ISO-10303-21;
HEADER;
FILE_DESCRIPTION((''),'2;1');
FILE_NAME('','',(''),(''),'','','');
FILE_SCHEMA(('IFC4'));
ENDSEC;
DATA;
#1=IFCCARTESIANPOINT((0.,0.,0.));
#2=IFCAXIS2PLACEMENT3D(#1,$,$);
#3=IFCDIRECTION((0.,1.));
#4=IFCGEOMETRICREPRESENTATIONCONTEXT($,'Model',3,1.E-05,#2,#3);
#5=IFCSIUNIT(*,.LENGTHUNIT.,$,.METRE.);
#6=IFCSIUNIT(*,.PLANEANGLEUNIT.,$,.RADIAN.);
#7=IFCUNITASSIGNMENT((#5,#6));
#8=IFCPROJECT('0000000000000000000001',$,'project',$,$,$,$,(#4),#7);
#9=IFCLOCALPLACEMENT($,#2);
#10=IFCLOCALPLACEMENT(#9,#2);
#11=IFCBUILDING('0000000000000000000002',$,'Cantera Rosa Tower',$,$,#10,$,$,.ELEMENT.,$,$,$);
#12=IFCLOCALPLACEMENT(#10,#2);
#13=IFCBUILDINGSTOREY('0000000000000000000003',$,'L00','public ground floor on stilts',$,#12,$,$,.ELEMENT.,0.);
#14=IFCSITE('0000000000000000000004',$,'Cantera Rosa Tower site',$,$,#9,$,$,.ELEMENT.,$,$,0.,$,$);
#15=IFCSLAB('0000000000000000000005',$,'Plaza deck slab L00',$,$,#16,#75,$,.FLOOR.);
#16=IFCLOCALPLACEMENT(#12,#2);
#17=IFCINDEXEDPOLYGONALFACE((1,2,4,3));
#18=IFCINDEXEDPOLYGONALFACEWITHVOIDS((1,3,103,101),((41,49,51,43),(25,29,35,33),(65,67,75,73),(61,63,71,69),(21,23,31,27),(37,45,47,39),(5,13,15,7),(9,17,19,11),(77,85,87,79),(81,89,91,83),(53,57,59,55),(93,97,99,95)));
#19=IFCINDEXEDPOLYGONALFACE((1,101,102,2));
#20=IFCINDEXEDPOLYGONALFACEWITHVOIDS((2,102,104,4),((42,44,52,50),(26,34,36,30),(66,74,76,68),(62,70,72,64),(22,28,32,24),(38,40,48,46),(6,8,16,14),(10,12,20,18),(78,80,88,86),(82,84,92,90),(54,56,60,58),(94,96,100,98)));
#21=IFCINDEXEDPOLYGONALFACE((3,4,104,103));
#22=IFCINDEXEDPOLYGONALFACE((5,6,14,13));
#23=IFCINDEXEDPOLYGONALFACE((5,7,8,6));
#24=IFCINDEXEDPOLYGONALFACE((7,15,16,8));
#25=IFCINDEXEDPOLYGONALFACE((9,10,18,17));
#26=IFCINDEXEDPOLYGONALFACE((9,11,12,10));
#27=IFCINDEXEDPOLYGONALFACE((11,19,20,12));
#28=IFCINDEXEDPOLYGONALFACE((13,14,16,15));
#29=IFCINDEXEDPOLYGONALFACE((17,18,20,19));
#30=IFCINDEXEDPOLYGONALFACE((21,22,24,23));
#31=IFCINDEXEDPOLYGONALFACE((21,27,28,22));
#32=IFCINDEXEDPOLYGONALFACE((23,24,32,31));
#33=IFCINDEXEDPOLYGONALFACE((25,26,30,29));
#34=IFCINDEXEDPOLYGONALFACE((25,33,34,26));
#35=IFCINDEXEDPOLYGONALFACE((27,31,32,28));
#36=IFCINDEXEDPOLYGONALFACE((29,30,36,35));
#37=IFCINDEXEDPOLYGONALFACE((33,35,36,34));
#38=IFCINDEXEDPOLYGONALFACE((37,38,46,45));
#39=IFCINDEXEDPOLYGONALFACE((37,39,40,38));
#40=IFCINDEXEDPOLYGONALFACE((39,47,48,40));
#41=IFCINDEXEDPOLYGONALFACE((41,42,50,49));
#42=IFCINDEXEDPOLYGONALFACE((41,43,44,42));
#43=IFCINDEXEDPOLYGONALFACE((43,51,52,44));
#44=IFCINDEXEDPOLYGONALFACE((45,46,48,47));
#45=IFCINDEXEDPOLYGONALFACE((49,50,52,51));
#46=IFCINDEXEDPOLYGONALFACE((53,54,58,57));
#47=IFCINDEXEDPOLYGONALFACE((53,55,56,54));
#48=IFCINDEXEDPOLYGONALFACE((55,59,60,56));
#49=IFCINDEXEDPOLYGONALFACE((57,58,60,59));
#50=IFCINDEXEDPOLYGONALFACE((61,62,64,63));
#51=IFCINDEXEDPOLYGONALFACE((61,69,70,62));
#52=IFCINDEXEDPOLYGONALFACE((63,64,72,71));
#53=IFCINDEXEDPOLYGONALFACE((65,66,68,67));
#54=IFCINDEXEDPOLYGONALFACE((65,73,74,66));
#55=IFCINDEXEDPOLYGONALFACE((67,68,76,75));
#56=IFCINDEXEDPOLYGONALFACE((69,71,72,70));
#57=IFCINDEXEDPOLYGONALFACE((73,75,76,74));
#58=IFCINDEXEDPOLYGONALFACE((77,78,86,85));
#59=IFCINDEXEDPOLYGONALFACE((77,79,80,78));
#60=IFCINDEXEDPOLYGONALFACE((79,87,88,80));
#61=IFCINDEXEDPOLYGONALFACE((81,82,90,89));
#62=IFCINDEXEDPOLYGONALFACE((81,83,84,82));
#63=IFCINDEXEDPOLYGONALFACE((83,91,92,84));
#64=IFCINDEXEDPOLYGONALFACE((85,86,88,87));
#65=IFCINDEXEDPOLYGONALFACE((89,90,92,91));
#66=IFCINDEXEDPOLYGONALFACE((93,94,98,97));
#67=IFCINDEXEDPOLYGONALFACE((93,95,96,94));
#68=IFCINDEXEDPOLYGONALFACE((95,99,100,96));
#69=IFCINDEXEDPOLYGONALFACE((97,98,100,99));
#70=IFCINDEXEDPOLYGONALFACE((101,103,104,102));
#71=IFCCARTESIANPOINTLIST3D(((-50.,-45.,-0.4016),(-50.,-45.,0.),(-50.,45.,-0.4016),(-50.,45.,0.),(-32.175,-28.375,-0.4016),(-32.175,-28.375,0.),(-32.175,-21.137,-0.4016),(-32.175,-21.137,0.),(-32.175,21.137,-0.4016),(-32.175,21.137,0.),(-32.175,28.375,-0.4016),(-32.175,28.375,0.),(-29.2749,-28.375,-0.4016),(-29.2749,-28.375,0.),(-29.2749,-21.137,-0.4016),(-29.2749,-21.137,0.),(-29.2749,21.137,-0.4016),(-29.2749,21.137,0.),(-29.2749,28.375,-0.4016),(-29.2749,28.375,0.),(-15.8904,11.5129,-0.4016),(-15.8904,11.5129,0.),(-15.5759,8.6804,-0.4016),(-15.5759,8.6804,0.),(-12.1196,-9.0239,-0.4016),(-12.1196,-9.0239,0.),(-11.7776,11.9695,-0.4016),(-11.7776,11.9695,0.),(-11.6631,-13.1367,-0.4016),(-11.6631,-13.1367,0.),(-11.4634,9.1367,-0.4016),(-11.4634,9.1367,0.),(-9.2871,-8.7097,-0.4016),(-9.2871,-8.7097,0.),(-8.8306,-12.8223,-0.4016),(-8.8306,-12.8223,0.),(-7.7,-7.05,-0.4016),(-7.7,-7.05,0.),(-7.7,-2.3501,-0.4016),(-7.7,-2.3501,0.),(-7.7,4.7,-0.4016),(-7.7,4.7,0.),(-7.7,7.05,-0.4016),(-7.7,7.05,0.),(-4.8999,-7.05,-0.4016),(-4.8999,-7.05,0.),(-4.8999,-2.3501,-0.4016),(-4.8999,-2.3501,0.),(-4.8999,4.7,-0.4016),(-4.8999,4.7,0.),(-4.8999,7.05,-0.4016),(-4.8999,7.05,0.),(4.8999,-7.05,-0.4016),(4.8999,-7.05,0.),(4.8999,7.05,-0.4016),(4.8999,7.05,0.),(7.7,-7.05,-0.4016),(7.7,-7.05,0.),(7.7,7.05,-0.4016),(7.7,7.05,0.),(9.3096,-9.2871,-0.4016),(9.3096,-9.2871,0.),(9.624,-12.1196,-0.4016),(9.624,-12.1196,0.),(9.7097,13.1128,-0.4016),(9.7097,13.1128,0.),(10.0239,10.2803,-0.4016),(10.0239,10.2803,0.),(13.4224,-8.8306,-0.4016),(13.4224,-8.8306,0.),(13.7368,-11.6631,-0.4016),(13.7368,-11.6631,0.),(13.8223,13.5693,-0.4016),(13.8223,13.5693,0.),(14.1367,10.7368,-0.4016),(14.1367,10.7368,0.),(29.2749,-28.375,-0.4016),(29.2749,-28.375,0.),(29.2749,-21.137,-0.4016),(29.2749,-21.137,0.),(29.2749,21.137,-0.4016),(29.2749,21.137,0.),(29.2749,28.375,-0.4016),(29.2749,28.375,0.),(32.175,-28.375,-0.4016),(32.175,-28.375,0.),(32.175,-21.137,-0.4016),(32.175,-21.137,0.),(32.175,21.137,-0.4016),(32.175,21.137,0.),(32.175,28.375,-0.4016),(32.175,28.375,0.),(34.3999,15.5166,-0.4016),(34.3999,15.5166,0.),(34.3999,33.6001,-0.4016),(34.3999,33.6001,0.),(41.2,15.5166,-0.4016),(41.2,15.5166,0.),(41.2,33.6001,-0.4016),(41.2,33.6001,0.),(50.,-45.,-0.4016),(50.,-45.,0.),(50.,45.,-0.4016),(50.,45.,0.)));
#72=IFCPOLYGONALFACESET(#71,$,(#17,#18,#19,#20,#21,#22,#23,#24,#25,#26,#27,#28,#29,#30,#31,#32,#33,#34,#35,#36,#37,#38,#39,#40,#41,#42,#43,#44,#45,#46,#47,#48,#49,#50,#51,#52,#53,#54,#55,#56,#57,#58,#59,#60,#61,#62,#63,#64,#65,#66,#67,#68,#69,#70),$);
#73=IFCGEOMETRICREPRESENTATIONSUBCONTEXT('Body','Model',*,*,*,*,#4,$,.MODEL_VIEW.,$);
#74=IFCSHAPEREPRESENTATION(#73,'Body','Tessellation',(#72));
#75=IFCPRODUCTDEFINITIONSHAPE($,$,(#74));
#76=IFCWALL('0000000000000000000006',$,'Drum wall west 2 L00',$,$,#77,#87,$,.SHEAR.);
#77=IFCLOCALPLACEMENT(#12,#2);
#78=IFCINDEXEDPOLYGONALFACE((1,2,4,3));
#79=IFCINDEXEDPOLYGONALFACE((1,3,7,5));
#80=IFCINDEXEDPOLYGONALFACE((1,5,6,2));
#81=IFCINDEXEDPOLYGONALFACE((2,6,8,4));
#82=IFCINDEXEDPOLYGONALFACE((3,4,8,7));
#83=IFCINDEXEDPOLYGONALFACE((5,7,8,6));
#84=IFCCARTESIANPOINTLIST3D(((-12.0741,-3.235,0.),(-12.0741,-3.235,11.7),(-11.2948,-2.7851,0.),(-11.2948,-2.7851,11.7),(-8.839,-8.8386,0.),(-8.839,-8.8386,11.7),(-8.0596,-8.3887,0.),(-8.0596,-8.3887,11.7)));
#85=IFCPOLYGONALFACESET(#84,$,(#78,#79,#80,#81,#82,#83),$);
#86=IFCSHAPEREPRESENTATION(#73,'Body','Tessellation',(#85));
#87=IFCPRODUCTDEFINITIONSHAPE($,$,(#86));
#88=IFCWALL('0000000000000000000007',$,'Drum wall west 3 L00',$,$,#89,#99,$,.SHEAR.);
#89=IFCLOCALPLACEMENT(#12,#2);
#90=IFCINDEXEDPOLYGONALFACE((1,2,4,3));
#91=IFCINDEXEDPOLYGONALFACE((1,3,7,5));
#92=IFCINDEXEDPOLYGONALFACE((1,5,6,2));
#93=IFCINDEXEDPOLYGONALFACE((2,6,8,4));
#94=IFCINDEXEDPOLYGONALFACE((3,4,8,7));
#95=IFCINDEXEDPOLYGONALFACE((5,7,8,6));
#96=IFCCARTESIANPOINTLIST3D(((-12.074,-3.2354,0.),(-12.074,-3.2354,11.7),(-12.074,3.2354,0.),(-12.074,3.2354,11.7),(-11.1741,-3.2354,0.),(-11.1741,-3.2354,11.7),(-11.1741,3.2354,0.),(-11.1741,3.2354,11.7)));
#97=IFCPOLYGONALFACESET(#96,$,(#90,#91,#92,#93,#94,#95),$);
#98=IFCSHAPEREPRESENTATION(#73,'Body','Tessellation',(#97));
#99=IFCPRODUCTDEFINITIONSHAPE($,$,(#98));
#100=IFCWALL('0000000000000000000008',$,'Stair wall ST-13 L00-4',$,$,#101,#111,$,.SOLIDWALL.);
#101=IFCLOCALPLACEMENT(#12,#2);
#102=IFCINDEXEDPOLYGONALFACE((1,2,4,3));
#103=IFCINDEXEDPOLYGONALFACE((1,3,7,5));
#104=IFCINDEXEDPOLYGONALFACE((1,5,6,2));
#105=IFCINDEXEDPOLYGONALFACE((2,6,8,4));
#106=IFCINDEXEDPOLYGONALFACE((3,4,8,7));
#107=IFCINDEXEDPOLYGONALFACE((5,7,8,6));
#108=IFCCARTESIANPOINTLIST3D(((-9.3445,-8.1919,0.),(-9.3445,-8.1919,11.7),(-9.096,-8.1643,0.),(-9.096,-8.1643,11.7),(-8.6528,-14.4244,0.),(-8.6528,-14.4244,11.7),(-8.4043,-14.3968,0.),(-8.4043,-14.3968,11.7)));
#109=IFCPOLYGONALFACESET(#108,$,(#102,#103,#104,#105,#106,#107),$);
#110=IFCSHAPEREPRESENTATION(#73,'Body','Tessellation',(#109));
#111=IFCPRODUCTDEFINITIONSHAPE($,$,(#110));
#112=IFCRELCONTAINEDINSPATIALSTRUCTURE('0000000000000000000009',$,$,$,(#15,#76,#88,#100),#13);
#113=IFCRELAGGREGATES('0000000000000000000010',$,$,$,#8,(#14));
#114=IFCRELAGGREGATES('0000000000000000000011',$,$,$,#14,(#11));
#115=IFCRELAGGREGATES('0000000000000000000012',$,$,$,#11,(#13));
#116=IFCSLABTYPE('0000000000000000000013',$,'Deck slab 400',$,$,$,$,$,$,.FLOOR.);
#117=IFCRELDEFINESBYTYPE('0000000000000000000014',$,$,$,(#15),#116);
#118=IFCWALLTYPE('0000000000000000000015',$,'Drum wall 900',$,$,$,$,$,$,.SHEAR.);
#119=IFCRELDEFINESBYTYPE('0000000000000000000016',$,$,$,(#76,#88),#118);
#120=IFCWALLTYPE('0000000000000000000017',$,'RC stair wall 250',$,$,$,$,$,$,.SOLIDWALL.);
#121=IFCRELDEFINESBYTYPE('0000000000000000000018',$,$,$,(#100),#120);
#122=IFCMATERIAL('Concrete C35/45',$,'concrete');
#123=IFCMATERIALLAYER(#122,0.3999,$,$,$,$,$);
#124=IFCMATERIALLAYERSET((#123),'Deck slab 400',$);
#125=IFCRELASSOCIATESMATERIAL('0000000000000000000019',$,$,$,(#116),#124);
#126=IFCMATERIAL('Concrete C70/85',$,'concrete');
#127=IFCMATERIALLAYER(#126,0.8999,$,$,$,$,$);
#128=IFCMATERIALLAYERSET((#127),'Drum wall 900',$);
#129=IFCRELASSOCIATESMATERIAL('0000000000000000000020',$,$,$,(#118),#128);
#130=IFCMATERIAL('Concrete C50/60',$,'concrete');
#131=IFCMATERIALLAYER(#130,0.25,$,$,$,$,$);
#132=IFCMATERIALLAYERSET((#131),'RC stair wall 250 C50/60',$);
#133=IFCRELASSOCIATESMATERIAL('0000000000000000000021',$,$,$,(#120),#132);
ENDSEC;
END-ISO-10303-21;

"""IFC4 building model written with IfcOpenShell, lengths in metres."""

from ifc_helpers import new_model, si_unit, direction, frame, frame_2d, origin, place, context, subcontext, project, spatial, polyline, rectangle, outline, extrude, material, layer, layer_set, type_object, element, save


model = new_model("IFC4")

# Units and contexts
model_context = context("Model", 3, precision=1e-05, world=origin(), true_north=direction((0.0, 1.0)))
body_context = subcontext(model_context, "Body", "Model", "MODEL_VIEW")
ifc_project = project(units=[si_unit("LENGTHUNIT", "METRE"), si_unit("PLANEANGLEUNIT", "RADIAN")], contexts=[model_context])

# Site, building, storey
site_placement = place(None, origin())
site = spatial("IfcSite", under=ifc_project, at=site_placement, Name="Cantera Rosa Tower site", CompositionType="ELEMENT", RefElevation=0.0)
building_placement = place(site_placement, origin())
building = spatial("IfcBuilding", under=site, at=building_placement, Name="Cantera Rosa Tower", CompositionType="ELEMENT")
storey_placement = place(building_placement, origin())
storey = spatial("IfcBuildingStorey", under=building, at=storey_placement, Name="L00", Description="public ground floor on stilts", CompositionType="ELEMENT", Elevation=0.0)

# Slab
ifc_material_1 = material(Name="Concrete C35/45", Category="concrete")
ifc_layer_1 = layer(ifc_material_1, 0.3999)
ifc_layer_set_1 = layer_set([ifc_layer_1], Name="Deck slab 400")
slab_type = type_object("IfcSlabType", Name="Deck slab 400", PredefinedType="FLOOR", material=ifc_layer_set_1)
slab_placement = place(storey_placement, frame((0.0, 0.0, -0.4016)))
element("IfcSlab", 1, at=slab_placement, inside=storey, type_object=slab_type, Name="Plaza deck slab L00", PredefinedType="FLOOR", context=body_context, shape_type="SweptSolid", body=[
    extrude(outline(polyline([(-50.0, -45.0), (50.0, -45.0), (50.0, 45.0), (-50.0, 45.0), (-50.0, -45.0)]), holes=[polyline([(41.2, 15.5166), (41.2, 33.6001), (34.3999, 33.6001), (34.3999, 15.5166), (41.2, 15.5166)]), polyline([(29.2749, -28.375), (32.175, -28.375), (32.175, -21.137), (29.2749, -21.137), (29.2749, -28.375)]), polyline([(32.175, 21.137), (32.175, 28.375), (29.2749, 28.375), (29.2749, 21.137), (32.175, 21.137)]), polyline([(9.7097, 13.1128), (10.0239, 10.2803), (14.1367, 10.7368), (13.8223, 13.5693), (9.7097, 13.1128)]), polyline([(9.3096, -9.2871), (9.624, -12.1196), (13.7368, -11.6631), (13.4224, -8.8306), (9.3096, -9.2871)]), polyline([(4.8999, -7.05), (7.7, -7.05), (7.7, 7.05), (4.8999, 7.05), (4.8999, -7.05)]), polyline([(-7.7, -7.05), (-4.8999, -7.05), (-4.8999, -2.3501), (-7.7, -2.3501), (-7.7, -7.05)]), polyline([(-4.8999, 7.05), (-7.7, 7.05), (-7.7, 4.7), (-4.8999, 4.7), (-4.8999, 7.05)]), polyline([(-9.2871, -8.7097), (-12.1196, -9.0239), (-11.6631, -13.1367), (-8.8306, -12.8223), (-9.2871, -8.7097)]), polyline([(-11.7776, 11.9695), (-15.8904, 11.5129), (-15.5759, 8.6804), (-11.4634, 9.1367), (-11.7776, 11.9695)]), polyline([(-32.175, -28.375), (-29.2749, -28.375), (-29.2749, -21.137), (-32.175, -21.137), (-32.175, -28.375)]), polyline([(-29.2749, 21.137), (-29.2749, 28.375), (-32.175, 28.375), (-32.175, 21.137), (-29.2749, 21.137)])]), origin(), (0.0, 0.0, 1.0), 0.4016),
])

# Walls
ifc_material_2 = material(Name="Concrete C70/85", Category="concrete")
ifc_layer_2 = layer(ifc_material_2, 0.8999)
ifc_layer_set_2 = layer_set([ifc_layer_2], Name="Drum wall 900")
wall_type_1 = type_object("IfcWallType", Name="Drum wall 900", PredefinedType="SHEAR", material=ifc_layer_set_2)
wall_1_placement = place(storey_placement, frame((-8.4492, -8.6138, 0.0), z_axis=(0.0, 0.0, 1.0), x_axis=(-0.49999, 0.866031, 0.0)))
element("IfcWall", 2, at=wall_1_placement, inside=storey, type_object=wall_type_1, Name="Drum wall west 2 L00", PredefinedType="SHEAR", context=body_context, shape_type="SweptSolid", body=[
    extrude(rectangle(XDim=6.4705, YDim=0.8999, at=frame_2d((3.2354, 0.0))), origin(), (0.0, 0.0, 1.0), 11.7),
])
wall_2_placement = place(storey_placement, frame((-11.624, -3.2354, 0.0), z_axis=(0.0, 0.0, 1.0), x_axis=(0.0, 1.0, 0.0)))
element("IfcWall", 3, at=wall_2_placement, inside=storey, type_object=wall_type_1, Name="Drum wall west 3 L00", PredefinedType="SHEAR", context=body_context, shape_type="SweptSolid", body=[
    extrude(rectangle(XDim=6.4707, YDim=0.8999, at=frame_2d((3.2354, 0.0))), origin(), (0.0, 0.0, 1.0), 11.7),
])
ifc_material_3 = material(Name="Concrete C50/60", Category="concrete")
ifc_layer_3 = layer(ifc_material_3, 0.25)
ifc_layer_set_3 = layer_set([ifc_layer_3], Name="RC stair wall 250 C50/60")
wall_type_2 = type_object("IfcWallType", Name="RC stair wall 250", PredefinedType="SOLIDWALL", material=ifc_layer_set_3)
wall_3_placement = place(storey_placement, frame((-9.2202, -8.1782, 0.0), z_axis=(0.0, 0.0, 1.0), x_axis=(0.110299, -0.993898, 0.0)))
element("IfcWall", 4, at=wall_3_placement, inside=storey, type_object=wall_type_2, Name="Stair wall ST-13 L00-4", PredefinedType="SOLIDWALL", context=body_context, shape_type="SweptSolid", body=[
    extrude(rectangle(XDim=6.2708, YDim=0.25, at=frame_2d((3.1353, 0.0))), origin(), (0.0, 0.0, 1.0), 11.7),
])

save(model, "model.ifc")
